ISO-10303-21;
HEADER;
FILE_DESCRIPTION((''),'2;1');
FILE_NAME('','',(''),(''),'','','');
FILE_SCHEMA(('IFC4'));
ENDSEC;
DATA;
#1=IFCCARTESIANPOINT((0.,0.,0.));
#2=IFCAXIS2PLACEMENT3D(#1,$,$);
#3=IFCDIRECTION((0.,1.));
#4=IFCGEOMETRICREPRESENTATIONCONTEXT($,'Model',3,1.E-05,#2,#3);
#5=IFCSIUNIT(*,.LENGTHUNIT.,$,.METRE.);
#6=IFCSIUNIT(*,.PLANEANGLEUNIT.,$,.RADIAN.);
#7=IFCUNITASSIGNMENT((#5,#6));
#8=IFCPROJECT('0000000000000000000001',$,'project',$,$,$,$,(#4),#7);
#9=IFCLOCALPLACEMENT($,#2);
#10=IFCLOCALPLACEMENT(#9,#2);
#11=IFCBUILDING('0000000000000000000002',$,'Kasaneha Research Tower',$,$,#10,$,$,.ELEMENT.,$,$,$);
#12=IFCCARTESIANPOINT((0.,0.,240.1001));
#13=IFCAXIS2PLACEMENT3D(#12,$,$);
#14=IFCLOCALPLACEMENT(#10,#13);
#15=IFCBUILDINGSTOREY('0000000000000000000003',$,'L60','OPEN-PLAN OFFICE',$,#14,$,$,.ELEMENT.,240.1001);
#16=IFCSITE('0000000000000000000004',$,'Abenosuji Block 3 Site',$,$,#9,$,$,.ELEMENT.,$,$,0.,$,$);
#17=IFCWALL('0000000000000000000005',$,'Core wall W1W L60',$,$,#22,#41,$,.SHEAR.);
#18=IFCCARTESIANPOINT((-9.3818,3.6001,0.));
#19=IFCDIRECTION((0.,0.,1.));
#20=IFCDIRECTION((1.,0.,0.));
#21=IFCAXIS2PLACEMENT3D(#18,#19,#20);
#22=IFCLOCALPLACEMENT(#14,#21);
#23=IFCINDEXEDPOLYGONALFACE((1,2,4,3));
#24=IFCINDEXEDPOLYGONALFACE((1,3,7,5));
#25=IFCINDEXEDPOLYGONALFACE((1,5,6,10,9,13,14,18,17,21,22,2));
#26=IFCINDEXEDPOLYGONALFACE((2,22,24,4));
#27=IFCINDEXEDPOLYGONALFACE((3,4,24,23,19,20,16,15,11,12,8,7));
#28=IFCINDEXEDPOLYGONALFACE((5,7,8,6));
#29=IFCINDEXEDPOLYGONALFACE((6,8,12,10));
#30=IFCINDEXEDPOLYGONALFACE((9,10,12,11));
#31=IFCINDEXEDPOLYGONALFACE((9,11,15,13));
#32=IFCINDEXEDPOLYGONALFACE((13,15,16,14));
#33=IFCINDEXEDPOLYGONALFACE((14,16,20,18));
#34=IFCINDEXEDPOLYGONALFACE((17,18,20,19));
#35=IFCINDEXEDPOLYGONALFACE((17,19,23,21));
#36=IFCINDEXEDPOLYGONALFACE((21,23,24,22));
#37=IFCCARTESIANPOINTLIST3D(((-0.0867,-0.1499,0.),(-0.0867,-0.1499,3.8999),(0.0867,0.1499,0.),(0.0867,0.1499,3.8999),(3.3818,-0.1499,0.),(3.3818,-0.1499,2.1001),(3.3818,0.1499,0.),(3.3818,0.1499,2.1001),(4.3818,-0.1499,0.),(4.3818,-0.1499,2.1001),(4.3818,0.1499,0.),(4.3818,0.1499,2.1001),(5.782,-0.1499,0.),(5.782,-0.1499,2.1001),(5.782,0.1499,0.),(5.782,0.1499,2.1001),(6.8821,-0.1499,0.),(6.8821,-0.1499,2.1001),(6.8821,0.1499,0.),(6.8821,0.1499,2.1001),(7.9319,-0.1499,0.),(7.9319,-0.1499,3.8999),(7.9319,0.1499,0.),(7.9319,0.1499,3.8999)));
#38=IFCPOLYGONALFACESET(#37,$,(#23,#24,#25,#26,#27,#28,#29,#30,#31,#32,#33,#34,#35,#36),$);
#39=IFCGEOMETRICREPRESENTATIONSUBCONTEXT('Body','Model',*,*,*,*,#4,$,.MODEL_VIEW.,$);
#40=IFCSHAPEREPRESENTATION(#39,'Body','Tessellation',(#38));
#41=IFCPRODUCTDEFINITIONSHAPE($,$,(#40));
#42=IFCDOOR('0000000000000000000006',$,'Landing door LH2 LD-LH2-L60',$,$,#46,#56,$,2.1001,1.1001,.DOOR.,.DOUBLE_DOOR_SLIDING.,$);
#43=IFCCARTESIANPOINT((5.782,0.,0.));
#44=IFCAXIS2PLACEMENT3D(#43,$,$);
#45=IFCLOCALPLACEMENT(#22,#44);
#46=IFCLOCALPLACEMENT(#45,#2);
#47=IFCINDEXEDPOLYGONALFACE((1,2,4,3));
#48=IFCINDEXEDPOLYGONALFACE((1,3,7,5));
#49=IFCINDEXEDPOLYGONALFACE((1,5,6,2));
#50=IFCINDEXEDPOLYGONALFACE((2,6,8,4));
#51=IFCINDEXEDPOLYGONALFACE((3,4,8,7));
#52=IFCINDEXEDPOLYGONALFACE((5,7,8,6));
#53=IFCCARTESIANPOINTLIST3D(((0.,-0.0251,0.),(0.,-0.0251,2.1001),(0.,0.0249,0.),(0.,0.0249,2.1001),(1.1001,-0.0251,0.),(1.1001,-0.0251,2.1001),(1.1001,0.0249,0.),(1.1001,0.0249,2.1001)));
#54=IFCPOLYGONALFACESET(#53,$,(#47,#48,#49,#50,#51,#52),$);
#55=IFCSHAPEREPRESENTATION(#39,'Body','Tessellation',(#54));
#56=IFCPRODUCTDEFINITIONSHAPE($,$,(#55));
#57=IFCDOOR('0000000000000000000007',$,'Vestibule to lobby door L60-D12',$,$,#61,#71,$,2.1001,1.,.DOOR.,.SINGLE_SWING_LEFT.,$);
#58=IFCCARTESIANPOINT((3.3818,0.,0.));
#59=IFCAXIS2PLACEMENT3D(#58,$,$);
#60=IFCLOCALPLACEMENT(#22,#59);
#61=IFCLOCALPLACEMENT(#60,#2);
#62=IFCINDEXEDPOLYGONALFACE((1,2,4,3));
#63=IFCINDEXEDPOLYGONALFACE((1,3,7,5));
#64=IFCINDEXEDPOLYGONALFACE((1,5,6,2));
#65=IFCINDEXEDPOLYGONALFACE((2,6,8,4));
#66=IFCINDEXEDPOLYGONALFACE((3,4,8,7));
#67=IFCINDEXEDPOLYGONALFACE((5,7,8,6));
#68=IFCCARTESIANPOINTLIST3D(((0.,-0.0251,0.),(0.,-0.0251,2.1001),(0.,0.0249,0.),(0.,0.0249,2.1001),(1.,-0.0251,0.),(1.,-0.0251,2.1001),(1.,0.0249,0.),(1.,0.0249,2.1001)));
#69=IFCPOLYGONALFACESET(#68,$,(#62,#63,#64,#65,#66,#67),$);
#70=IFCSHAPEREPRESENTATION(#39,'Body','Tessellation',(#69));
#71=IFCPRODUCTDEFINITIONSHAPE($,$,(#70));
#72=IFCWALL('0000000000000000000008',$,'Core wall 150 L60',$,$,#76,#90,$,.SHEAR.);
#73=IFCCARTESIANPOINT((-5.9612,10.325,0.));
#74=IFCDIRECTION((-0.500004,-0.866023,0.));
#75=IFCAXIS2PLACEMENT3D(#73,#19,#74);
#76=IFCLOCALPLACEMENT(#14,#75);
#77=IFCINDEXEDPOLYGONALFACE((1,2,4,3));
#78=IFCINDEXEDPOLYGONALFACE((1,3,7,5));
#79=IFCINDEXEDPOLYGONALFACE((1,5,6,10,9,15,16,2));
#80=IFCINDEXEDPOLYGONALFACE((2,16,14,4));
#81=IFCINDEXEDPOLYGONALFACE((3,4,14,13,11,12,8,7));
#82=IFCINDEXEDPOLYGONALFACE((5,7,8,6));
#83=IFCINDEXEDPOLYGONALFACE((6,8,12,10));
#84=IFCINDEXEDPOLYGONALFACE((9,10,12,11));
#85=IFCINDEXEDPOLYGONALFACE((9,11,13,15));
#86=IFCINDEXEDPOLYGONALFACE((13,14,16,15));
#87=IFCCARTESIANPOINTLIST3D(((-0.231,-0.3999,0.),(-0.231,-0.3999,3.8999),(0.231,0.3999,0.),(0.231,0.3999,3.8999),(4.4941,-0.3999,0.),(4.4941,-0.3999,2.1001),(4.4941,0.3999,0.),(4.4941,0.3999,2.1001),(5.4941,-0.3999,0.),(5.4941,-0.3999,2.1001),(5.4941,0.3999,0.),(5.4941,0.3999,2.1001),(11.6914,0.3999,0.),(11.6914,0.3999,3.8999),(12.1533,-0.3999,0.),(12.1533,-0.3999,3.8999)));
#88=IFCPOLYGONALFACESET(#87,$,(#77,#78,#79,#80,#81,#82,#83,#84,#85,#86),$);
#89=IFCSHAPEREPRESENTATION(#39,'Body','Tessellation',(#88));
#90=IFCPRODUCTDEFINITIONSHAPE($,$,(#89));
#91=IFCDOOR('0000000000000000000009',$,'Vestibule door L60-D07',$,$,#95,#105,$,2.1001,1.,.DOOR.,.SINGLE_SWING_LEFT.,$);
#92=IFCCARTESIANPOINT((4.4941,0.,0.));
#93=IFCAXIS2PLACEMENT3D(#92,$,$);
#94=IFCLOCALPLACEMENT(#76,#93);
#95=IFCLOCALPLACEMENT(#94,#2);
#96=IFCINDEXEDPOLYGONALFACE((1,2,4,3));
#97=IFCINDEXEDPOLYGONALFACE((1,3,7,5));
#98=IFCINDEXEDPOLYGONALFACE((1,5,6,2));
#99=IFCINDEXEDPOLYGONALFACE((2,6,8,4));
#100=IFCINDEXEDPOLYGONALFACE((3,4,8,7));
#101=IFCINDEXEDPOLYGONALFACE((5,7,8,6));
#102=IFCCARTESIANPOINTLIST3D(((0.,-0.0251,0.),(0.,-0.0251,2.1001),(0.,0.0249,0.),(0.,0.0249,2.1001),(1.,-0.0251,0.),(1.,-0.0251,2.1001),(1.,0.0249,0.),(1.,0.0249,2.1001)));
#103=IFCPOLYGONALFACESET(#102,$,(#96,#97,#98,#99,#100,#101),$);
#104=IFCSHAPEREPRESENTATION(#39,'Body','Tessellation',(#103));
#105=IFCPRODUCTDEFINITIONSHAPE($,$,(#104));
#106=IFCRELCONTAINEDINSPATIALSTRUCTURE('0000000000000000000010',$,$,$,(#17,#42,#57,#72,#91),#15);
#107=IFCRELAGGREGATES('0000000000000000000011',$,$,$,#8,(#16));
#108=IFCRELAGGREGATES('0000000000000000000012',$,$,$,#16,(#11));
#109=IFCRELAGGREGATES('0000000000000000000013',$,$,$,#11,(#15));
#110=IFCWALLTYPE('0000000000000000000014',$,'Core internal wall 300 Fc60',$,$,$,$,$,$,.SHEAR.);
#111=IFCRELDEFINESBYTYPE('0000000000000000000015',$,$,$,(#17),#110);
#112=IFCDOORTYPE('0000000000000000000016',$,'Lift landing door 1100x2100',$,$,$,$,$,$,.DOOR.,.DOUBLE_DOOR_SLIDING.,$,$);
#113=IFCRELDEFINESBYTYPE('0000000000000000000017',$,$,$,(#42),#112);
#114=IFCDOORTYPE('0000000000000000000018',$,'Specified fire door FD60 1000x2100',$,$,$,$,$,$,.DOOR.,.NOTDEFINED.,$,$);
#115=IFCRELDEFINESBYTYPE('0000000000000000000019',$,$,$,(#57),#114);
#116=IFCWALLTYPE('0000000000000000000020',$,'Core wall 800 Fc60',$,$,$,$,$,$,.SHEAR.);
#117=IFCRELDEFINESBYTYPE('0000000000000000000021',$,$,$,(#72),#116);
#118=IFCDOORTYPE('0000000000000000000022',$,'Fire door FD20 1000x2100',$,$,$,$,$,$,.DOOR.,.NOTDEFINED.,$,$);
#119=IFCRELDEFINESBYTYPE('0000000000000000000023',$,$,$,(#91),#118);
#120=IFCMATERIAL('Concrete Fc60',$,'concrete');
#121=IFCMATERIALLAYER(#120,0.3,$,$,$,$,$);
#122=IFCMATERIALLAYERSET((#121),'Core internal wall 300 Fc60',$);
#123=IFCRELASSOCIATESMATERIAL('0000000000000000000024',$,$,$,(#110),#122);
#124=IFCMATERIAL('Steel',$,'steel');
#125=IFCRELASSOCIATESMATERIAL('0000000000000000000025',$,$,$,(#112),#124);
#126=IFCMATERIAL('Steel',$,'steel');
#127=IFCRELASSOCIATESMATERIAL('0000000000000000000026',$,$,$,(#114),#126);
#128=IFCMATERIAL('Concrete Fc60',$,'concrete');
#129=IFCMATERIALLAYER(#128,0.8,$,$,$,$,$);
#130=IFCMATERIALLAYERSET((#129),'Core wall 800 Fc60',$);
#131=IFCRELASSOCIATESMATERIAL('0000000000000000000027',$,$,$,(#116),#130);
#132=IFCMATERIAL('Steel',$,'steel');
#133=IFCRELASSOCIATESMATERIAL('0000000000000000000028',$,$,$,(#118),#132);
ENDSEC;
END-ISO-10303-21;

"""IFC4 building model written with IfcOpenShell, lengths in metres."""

from ifc_helpers import new_model, si_unit, direction, frame, frame_2d, origin, place, context, subcontext, project, spatial, polyline, rectangle, outline, extrude, material, layer, layer_set, type_object, element, fill, save


model = new_model("IFC4")

# Units and contexts
model_context = context("Model", 3, precision=1e-05, world=origin(), true_north=direction((0.0, 1.0)))
body_context = subcontext(model_context, "Body", "Model", "MODEL_VIEW")
ifc_project = project(units=[si_unit("LENGTHUNIT", "METRE"), si_unit("PLANEANGLEUNIT", "RADIAN")], contexts=[model_context])

# Site, building, storey
site_placement = place(None, origin())
site = spatial("IfcSite", under=ifc_project, at=site_placement, Name="Abenosuji Block 3 Site", CompositionType="ELEMENT", RefElevation=0.0)
building_placement = place(site_placement, origin())
building = spatial("IfcBuilding", under=site, at=building_placement, Name="Kasaneha Research Tower", CompositionType="ELEMENT")
storey_placement = place(building_placement, frame((0.0, 0.0, 240.1001)))
storey = spatial("IfcBuildingStorey", under=building, at=storey_placement, Name="L60", Description="OPEN-PLAN OFFICE", CompositionType="ELEMENT", Elevation=240.1001)

# Wall, openings, doors
ifc_material_1 = material(Name="Concrete Fc60", Category="concrete")
ifc_layer_1 = layer(ifc_material_1, 0.3)
ifc_layer_set_1 = layer_set([ifc_layer_1], Name="Core internal wall 300 Fc60")
wall_type_1 = type_object("IfcWallType", Name="Core internal wall 300 Fc60", PredefinedType="SHEAR", material=ifc_layer_set_1)
wall_1_placement = place(storey_placement, frame((-9.3818, 3.6001, 0.0), z_axis=(0.0, 0.0, 1.0), x_axis=(1.0, 0.0, 0.0)))
wall_1 = element("IfcWall", 1, at=wall_1_placement, inside=storey, type_object=wall_type_1, Name="Core wall W1W L60", PredefinedType="SHEAR", context=body_context, shape_type="SweptSolid", body=[
    extrude(outline(polyline([(-0.0867, -0.1499), (3.3818, -0.1499), (4.3818, -0.1499), (5.782, -0.1499), (6.8821, -0.1499), (7.9319, -0.1499), (7.9319, 0.1499), (6.8821, 0.1499), (5.782, 0.1499), (4.3818, 0.1499), (3.3818, 0.1499), (0.0867, 0.1499), (-0.0867, -0.1499)])), origin(), (0.0, 0.0, 1.0), 3.8999),
])
opening_1_placement = place(wall_1_placement, frame((3.3818, 0.0, 0.0)))
opening_1 = element("IfcOpeningElement", 2, at=opening_1_placement, cuts=wall_1, PredefinedType="OPENING", context=body_context, shape_type="SweptSolid", body=[
    extrude(rectangle(XDim=1.0, YDim=2.1001, at=frame_2d((0.5, 1.05))), frame((0.0, 0.1602, 0.0), z_axis=(0.0, -1.0, 0.0), x_axis=(1.0, 0.0, 0.0)), (0.0, 0.0, 1.0), 0.3201),
])
opening_2_placement = place(wall_1_placement, frame((5.782, 0.0, 0.0)))
opening_2 = element("IfcOpeningElement", 3, at=opening_2_placement, cuts=wall_1, PredefinedType="OPENING", context=body_context, shape_type="SweptSolid", body=[
    extrude(rectangle(XDim=1.1001, YDim=2.1001, at=frame_2d((0.55, 1.05))), frame((0.0, 0.1602, 0.0), z_axis=(0.0, -1.0, 0.0), x_axis=(1.0, 0.0, 0.0)), (0.0, 0.0, 1.0), 0.3201),
])
ifc_material_2 = material(Name="Steel", Category="steel")
door_type_1 = type_object("IfcDoorType", Name="Lift landing door 1100x2100", OperationType="DOUBLE_DOOR_SLIDING", PredefinedType="DOOR", material=ifc_material_2)
door_1_placement = place(opening_2_placement, origin())
door_1 = element("IfcDoor", 4, at=door_1_placement, inside=storey, type_object=door_type_1, Name="Landing door LH2 LD-LH2-L60", OperationType="DOUBLE_DOOR_SLIDING", OverallHeight=2.1001, OverallWidth=1.1001, PredefinedType="DOOR", context=body_context, shape_type="SweptSolid", body=[
    extrude(rectangle(XDim=1.1001, YDim=2.1001, at=frame_2d((0.55, 1.05))), frame((0.0, 0.0249, 0.0), z_axis=(0.0, -1.0, 0.0), x_axis=(1.0, 0.0, 0.0)), (0.0, 0.0, 1.0), 0.05),
])
fill(opening_2, door_1)
ifc_material_3 = material(Name="Steel", Category="steel")
door_type_2 = type_object("IfcDoorType", Name="Specified fire door FD60 1000x2100", OperationType="NOTDEFINED", PredefinedType="DOOR", material=ifc_material_3)
door_2_placement = place(opening_1_placement, origin())
door_2 = element("IfcDoor", 5, at=door_2_placement, inside=storey, type_object=door_type_2, Name="Vestibule to lobby door L60-D12", OperationType="SINGLE_SWING_LEFT", OverallHeight=2.1001, OverallWidth=1.0, PredefinedType="DOOR", context=body_context, shape_type="SweptSolid", body=[
    extrude(rectangle(XDim=1.0, YDim=2.1001, at=frame_2d((0.5, 1.05))), frame((0.0, 0.0249, 0.0), z_axis=(0.0, -1.0, 0.0), x_axis=(1.0, 0.0, 0.0)), (0.0, 0.0, 1.0), 0.05),
])
fill(opening_1, door_2)

# Wall, opening, door
ifc_material_4 = material(Name="Concrete Fc60", Category="concrete")
ifc_layer_2 = layer(ifc_material_4, 0.8)
ifc_layer_set_2 = layer_set([ifc_layer_2], Name="Core wall 800 Fc60")
wall_type_2 = type_object("IfcWallType", Name="Core wall 800 Fc60", PredefinedType="SHEAR", material=ifc_layer_set_2)
wall_2_placement = place(storey_placement, frame((-5.9612, 10.325, 0.0), z_axis=(0.0, 0.0, 1.0), x_axis=(-0.500004, -0.866023, 0.0)))
wall_2 = element("IfcWall", 6, at=wall_2_placement, inside=storey, type_object=wall_type_2, Name="Core wall 150 L60", PredefinedType="SHEAR", context=body_context, shape_type="SweptSolid", body=[
    extrude(outline(polyline([(-0.231, -0.3999), (4.4941, -0.3999), (5.4941, -0.3999), (12.1533, -0.3999), (11.6914, 0.3999), (5.4941, 0.3999), (4.4941, 0.3999), (0.231, 0.3999), (-0.231, -0.3999)])), origin(), (0.0, 0.0, 1.0), 3.8999),
])
opening_3_placement = place(wall_2_placement, frame((4.4941, 0.0, 0.0)))
opening_3 = element("IfcOpeningElement", 7, at=opening_3_placement, cuts=wall_2, PredefinedType="OPENING", context=body_context, shape_type="SweptSolid", body=[
    extrude(rectangle(XDim=1.0, YDim=2.1001, at=frame_2d((0.5, 1.05))), frame((0.0, 0.4102, 0.0), z_axis=(0.0, -1.0, 0.0), x_axis=(1.0, 0.0, 0.0)), (0.0, 0.0, 1.0), 0.8201),
])
ifc_material_5 = material(Name="Steel", Category="steel")
door_type_3 = type_object("IfcDoorType", Name="Fire door FD20 1000x2100", OperationType="NOTDEFINED", PredefinedType="DOOR", material=ifc_material_5)
door_3_placement = place(opening_3_placement, origin())
door_3 = element("IfcDoor", 8, at=door_3_placement, inside=storey, type_object=door_type_3, Name="Vestibule door L60-D07", OperationType="SINGLE_SWING_LEFT", OverallHeight=2.1001, OverallWidth=1.0, PredefinedType="DOOR", context=body_context, shape_type="SweptSolid", body=[
    extrude(rectangle(XDim=1.0, YDim=2.1001, at=frame_2d((0.5, 1.05))), frame((0.0, 0.0249, 0.0), z_axis=(0.0, -1.0, 0.0), x_axis=(1.0, 0.0, 0.0)), (0.0, 0.0, 1.0), 0.05),
])
fill(opening_3, door_3)

save(model, "model.ifc")
